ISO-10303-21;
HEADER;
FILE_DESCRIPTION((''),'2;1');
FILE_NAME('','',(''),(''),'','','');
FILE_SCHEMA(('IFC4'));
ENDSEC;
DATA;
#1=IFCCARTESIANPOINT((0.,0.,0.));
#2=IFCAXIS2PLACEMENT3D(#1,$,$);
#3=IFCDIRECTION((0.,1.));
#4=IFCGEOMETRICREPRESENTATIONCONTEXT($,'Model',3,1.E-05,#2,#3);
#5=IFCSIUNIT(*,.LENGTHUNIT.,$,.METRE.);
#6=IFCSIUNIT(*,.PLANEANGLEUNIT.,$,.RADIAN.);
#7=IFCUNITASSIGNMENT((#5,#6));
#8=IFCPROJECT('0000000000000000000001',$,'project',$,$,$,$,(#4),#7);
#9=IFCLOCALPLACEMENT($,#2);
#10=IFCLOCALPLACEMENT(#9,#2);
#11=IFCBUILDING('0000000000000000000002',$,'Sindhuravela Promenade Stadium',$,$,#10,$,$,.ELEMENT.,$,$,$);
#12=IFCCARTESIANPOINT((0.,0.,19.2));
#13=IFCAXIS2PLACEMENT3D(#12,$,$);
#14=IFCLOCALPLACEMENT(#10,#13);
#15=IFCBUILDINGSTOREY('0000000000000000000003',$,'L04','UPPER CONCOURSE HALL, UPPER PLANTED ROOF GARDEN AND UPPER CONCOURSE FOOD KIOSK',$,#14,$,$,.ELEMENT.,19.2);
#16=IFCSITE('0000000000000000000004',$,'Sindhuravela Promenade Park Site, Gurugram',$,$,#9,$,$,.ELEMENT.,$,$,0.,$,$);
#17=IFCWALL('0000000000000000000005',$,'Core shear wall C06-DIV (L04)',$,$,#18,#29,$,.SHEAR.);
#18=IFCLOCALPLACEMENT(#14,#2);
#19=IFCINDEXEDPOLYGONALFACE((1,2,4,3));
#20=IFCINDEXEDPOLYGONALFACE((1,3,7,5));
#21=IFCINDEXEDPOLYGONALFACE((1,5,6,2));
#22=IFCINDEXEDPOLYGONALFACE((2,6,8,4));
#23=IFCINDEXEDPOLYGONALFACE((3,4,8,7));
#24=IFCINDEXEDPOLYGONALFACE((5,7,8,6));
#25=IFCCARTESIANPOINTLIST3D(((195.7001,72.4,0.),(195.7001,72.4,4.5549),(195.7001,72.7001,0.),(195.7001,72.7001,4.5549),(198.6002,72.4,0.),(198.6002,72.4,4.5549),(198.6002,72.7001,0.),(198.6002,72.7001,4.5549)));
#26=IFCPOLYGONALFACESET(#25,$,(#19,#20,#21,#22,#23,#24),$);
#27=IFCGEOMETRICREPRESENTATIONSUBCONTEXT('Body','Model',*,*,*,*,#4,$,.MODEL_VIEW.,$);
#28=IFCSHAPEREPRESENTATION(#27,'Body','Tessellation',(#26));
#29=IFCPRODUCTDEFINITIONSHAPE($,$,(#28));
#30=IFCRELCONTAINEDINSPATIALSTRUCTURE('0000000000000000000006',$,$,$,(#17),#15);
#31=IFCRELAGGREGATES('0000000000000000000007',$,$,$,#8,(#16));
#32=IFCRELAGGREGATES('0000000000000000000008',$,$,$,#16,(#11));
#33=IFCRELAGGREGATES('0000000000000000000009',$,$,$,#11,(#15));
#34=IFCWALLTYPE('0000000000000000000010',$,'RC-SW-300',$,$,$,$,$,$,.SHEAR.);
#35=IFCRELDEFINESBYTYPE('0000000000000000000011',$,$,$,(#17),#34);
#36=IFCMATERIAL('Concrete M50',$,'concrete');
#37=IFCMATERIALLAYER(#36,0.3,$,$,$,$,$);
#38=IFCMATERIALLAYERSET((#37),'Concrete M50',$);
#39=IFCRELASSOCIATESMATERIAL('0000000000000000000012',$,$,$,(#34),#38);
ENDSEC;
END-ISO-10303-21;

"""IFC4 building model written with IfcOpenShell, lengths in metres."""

from ifc_helpers import new_model, si_unit, direction, frame, frame_2d, origin, place, context, subcontext, project, spatial, rectangle, extrude, material, layer, layer_set, type_object, element, save


model = new_model("IFC4")

# Units and contexts
model_context = context("Model", 3, precision=1e-05, world=origin(), true_north=direction((0.0, 1.0)))
body_context = subcontext(model_context, "Body", "Model", "MODEL_VIEW")
ifc_project = project(units=[si_unit("LENGTHUNIT", "METRE"), si_unit("PLANEANGLEUNIT", "RADIAN")], contexts=[model_context])

# Site, building, storey
site_placement = place(None, origin())
site = spatial("IfcSite", under=ifc_project, at=site_placement, Name="Sindhuravela Promenade Park Site, Gurugram", CompositionType="ELEMENT", RefElevation=0.0)
building_placement = place(site_placement, origin())
building = spatial("IfcBuilding", under=site, at=building_placement, Name="Sindhuravela Promenade Stadium", CompositionType="ELEMENT")
storey_placement = place(building_placement, frame((0.0, 0.0, 19.2)))
storey = spatial("IfcBuildingStorey", under=building, at=storey_placement, Name="L04", Description="UPPER CONCOURSE HALL, UPPER PLANTED ROOF GARDEN AND UPPER CONCOURSE FOOD KIOSK", CompositionType="ELEMENT", Elevation=19.2)

# Shared definitions
ifc_material_1 = material(Name="Concrete M50", Category="concrete")
ifc_layer_1 = layer(ifc_material_1, 0.3)
ifc_layer_set_1 = layer_set([ifc_layer_1], Name="Concrete M50")
wall_type_1 = type_object("IfcWallType", Name="RC-SW-300", PredefinedType="SHEAR", material=ifc_layer_set_1)

# Wall
wall_1_placement = place(storey_placement, frame((195.7, 72.55, 0.0), z_axis=(0.0, 0.0, 1.0), x_axis=(1.0, 0.0, 0.0)))
element("IfcWall", 1, at=wall_1_placement, inside=storey, type_object=wall_type_1, Name="Core shear wall C06-DIV (L04)", PredefinedType="SHEAR", context=body_context, shape_type="SweptSolid", body=[
    extrude(rectangle(XDim=2.9001, YDim=0.3, at=frame_2d((1.4502, 0.0))), origin(), (0.0, 0.0, 1.0), 4.5549),
])

save(model, "model.ifc")
